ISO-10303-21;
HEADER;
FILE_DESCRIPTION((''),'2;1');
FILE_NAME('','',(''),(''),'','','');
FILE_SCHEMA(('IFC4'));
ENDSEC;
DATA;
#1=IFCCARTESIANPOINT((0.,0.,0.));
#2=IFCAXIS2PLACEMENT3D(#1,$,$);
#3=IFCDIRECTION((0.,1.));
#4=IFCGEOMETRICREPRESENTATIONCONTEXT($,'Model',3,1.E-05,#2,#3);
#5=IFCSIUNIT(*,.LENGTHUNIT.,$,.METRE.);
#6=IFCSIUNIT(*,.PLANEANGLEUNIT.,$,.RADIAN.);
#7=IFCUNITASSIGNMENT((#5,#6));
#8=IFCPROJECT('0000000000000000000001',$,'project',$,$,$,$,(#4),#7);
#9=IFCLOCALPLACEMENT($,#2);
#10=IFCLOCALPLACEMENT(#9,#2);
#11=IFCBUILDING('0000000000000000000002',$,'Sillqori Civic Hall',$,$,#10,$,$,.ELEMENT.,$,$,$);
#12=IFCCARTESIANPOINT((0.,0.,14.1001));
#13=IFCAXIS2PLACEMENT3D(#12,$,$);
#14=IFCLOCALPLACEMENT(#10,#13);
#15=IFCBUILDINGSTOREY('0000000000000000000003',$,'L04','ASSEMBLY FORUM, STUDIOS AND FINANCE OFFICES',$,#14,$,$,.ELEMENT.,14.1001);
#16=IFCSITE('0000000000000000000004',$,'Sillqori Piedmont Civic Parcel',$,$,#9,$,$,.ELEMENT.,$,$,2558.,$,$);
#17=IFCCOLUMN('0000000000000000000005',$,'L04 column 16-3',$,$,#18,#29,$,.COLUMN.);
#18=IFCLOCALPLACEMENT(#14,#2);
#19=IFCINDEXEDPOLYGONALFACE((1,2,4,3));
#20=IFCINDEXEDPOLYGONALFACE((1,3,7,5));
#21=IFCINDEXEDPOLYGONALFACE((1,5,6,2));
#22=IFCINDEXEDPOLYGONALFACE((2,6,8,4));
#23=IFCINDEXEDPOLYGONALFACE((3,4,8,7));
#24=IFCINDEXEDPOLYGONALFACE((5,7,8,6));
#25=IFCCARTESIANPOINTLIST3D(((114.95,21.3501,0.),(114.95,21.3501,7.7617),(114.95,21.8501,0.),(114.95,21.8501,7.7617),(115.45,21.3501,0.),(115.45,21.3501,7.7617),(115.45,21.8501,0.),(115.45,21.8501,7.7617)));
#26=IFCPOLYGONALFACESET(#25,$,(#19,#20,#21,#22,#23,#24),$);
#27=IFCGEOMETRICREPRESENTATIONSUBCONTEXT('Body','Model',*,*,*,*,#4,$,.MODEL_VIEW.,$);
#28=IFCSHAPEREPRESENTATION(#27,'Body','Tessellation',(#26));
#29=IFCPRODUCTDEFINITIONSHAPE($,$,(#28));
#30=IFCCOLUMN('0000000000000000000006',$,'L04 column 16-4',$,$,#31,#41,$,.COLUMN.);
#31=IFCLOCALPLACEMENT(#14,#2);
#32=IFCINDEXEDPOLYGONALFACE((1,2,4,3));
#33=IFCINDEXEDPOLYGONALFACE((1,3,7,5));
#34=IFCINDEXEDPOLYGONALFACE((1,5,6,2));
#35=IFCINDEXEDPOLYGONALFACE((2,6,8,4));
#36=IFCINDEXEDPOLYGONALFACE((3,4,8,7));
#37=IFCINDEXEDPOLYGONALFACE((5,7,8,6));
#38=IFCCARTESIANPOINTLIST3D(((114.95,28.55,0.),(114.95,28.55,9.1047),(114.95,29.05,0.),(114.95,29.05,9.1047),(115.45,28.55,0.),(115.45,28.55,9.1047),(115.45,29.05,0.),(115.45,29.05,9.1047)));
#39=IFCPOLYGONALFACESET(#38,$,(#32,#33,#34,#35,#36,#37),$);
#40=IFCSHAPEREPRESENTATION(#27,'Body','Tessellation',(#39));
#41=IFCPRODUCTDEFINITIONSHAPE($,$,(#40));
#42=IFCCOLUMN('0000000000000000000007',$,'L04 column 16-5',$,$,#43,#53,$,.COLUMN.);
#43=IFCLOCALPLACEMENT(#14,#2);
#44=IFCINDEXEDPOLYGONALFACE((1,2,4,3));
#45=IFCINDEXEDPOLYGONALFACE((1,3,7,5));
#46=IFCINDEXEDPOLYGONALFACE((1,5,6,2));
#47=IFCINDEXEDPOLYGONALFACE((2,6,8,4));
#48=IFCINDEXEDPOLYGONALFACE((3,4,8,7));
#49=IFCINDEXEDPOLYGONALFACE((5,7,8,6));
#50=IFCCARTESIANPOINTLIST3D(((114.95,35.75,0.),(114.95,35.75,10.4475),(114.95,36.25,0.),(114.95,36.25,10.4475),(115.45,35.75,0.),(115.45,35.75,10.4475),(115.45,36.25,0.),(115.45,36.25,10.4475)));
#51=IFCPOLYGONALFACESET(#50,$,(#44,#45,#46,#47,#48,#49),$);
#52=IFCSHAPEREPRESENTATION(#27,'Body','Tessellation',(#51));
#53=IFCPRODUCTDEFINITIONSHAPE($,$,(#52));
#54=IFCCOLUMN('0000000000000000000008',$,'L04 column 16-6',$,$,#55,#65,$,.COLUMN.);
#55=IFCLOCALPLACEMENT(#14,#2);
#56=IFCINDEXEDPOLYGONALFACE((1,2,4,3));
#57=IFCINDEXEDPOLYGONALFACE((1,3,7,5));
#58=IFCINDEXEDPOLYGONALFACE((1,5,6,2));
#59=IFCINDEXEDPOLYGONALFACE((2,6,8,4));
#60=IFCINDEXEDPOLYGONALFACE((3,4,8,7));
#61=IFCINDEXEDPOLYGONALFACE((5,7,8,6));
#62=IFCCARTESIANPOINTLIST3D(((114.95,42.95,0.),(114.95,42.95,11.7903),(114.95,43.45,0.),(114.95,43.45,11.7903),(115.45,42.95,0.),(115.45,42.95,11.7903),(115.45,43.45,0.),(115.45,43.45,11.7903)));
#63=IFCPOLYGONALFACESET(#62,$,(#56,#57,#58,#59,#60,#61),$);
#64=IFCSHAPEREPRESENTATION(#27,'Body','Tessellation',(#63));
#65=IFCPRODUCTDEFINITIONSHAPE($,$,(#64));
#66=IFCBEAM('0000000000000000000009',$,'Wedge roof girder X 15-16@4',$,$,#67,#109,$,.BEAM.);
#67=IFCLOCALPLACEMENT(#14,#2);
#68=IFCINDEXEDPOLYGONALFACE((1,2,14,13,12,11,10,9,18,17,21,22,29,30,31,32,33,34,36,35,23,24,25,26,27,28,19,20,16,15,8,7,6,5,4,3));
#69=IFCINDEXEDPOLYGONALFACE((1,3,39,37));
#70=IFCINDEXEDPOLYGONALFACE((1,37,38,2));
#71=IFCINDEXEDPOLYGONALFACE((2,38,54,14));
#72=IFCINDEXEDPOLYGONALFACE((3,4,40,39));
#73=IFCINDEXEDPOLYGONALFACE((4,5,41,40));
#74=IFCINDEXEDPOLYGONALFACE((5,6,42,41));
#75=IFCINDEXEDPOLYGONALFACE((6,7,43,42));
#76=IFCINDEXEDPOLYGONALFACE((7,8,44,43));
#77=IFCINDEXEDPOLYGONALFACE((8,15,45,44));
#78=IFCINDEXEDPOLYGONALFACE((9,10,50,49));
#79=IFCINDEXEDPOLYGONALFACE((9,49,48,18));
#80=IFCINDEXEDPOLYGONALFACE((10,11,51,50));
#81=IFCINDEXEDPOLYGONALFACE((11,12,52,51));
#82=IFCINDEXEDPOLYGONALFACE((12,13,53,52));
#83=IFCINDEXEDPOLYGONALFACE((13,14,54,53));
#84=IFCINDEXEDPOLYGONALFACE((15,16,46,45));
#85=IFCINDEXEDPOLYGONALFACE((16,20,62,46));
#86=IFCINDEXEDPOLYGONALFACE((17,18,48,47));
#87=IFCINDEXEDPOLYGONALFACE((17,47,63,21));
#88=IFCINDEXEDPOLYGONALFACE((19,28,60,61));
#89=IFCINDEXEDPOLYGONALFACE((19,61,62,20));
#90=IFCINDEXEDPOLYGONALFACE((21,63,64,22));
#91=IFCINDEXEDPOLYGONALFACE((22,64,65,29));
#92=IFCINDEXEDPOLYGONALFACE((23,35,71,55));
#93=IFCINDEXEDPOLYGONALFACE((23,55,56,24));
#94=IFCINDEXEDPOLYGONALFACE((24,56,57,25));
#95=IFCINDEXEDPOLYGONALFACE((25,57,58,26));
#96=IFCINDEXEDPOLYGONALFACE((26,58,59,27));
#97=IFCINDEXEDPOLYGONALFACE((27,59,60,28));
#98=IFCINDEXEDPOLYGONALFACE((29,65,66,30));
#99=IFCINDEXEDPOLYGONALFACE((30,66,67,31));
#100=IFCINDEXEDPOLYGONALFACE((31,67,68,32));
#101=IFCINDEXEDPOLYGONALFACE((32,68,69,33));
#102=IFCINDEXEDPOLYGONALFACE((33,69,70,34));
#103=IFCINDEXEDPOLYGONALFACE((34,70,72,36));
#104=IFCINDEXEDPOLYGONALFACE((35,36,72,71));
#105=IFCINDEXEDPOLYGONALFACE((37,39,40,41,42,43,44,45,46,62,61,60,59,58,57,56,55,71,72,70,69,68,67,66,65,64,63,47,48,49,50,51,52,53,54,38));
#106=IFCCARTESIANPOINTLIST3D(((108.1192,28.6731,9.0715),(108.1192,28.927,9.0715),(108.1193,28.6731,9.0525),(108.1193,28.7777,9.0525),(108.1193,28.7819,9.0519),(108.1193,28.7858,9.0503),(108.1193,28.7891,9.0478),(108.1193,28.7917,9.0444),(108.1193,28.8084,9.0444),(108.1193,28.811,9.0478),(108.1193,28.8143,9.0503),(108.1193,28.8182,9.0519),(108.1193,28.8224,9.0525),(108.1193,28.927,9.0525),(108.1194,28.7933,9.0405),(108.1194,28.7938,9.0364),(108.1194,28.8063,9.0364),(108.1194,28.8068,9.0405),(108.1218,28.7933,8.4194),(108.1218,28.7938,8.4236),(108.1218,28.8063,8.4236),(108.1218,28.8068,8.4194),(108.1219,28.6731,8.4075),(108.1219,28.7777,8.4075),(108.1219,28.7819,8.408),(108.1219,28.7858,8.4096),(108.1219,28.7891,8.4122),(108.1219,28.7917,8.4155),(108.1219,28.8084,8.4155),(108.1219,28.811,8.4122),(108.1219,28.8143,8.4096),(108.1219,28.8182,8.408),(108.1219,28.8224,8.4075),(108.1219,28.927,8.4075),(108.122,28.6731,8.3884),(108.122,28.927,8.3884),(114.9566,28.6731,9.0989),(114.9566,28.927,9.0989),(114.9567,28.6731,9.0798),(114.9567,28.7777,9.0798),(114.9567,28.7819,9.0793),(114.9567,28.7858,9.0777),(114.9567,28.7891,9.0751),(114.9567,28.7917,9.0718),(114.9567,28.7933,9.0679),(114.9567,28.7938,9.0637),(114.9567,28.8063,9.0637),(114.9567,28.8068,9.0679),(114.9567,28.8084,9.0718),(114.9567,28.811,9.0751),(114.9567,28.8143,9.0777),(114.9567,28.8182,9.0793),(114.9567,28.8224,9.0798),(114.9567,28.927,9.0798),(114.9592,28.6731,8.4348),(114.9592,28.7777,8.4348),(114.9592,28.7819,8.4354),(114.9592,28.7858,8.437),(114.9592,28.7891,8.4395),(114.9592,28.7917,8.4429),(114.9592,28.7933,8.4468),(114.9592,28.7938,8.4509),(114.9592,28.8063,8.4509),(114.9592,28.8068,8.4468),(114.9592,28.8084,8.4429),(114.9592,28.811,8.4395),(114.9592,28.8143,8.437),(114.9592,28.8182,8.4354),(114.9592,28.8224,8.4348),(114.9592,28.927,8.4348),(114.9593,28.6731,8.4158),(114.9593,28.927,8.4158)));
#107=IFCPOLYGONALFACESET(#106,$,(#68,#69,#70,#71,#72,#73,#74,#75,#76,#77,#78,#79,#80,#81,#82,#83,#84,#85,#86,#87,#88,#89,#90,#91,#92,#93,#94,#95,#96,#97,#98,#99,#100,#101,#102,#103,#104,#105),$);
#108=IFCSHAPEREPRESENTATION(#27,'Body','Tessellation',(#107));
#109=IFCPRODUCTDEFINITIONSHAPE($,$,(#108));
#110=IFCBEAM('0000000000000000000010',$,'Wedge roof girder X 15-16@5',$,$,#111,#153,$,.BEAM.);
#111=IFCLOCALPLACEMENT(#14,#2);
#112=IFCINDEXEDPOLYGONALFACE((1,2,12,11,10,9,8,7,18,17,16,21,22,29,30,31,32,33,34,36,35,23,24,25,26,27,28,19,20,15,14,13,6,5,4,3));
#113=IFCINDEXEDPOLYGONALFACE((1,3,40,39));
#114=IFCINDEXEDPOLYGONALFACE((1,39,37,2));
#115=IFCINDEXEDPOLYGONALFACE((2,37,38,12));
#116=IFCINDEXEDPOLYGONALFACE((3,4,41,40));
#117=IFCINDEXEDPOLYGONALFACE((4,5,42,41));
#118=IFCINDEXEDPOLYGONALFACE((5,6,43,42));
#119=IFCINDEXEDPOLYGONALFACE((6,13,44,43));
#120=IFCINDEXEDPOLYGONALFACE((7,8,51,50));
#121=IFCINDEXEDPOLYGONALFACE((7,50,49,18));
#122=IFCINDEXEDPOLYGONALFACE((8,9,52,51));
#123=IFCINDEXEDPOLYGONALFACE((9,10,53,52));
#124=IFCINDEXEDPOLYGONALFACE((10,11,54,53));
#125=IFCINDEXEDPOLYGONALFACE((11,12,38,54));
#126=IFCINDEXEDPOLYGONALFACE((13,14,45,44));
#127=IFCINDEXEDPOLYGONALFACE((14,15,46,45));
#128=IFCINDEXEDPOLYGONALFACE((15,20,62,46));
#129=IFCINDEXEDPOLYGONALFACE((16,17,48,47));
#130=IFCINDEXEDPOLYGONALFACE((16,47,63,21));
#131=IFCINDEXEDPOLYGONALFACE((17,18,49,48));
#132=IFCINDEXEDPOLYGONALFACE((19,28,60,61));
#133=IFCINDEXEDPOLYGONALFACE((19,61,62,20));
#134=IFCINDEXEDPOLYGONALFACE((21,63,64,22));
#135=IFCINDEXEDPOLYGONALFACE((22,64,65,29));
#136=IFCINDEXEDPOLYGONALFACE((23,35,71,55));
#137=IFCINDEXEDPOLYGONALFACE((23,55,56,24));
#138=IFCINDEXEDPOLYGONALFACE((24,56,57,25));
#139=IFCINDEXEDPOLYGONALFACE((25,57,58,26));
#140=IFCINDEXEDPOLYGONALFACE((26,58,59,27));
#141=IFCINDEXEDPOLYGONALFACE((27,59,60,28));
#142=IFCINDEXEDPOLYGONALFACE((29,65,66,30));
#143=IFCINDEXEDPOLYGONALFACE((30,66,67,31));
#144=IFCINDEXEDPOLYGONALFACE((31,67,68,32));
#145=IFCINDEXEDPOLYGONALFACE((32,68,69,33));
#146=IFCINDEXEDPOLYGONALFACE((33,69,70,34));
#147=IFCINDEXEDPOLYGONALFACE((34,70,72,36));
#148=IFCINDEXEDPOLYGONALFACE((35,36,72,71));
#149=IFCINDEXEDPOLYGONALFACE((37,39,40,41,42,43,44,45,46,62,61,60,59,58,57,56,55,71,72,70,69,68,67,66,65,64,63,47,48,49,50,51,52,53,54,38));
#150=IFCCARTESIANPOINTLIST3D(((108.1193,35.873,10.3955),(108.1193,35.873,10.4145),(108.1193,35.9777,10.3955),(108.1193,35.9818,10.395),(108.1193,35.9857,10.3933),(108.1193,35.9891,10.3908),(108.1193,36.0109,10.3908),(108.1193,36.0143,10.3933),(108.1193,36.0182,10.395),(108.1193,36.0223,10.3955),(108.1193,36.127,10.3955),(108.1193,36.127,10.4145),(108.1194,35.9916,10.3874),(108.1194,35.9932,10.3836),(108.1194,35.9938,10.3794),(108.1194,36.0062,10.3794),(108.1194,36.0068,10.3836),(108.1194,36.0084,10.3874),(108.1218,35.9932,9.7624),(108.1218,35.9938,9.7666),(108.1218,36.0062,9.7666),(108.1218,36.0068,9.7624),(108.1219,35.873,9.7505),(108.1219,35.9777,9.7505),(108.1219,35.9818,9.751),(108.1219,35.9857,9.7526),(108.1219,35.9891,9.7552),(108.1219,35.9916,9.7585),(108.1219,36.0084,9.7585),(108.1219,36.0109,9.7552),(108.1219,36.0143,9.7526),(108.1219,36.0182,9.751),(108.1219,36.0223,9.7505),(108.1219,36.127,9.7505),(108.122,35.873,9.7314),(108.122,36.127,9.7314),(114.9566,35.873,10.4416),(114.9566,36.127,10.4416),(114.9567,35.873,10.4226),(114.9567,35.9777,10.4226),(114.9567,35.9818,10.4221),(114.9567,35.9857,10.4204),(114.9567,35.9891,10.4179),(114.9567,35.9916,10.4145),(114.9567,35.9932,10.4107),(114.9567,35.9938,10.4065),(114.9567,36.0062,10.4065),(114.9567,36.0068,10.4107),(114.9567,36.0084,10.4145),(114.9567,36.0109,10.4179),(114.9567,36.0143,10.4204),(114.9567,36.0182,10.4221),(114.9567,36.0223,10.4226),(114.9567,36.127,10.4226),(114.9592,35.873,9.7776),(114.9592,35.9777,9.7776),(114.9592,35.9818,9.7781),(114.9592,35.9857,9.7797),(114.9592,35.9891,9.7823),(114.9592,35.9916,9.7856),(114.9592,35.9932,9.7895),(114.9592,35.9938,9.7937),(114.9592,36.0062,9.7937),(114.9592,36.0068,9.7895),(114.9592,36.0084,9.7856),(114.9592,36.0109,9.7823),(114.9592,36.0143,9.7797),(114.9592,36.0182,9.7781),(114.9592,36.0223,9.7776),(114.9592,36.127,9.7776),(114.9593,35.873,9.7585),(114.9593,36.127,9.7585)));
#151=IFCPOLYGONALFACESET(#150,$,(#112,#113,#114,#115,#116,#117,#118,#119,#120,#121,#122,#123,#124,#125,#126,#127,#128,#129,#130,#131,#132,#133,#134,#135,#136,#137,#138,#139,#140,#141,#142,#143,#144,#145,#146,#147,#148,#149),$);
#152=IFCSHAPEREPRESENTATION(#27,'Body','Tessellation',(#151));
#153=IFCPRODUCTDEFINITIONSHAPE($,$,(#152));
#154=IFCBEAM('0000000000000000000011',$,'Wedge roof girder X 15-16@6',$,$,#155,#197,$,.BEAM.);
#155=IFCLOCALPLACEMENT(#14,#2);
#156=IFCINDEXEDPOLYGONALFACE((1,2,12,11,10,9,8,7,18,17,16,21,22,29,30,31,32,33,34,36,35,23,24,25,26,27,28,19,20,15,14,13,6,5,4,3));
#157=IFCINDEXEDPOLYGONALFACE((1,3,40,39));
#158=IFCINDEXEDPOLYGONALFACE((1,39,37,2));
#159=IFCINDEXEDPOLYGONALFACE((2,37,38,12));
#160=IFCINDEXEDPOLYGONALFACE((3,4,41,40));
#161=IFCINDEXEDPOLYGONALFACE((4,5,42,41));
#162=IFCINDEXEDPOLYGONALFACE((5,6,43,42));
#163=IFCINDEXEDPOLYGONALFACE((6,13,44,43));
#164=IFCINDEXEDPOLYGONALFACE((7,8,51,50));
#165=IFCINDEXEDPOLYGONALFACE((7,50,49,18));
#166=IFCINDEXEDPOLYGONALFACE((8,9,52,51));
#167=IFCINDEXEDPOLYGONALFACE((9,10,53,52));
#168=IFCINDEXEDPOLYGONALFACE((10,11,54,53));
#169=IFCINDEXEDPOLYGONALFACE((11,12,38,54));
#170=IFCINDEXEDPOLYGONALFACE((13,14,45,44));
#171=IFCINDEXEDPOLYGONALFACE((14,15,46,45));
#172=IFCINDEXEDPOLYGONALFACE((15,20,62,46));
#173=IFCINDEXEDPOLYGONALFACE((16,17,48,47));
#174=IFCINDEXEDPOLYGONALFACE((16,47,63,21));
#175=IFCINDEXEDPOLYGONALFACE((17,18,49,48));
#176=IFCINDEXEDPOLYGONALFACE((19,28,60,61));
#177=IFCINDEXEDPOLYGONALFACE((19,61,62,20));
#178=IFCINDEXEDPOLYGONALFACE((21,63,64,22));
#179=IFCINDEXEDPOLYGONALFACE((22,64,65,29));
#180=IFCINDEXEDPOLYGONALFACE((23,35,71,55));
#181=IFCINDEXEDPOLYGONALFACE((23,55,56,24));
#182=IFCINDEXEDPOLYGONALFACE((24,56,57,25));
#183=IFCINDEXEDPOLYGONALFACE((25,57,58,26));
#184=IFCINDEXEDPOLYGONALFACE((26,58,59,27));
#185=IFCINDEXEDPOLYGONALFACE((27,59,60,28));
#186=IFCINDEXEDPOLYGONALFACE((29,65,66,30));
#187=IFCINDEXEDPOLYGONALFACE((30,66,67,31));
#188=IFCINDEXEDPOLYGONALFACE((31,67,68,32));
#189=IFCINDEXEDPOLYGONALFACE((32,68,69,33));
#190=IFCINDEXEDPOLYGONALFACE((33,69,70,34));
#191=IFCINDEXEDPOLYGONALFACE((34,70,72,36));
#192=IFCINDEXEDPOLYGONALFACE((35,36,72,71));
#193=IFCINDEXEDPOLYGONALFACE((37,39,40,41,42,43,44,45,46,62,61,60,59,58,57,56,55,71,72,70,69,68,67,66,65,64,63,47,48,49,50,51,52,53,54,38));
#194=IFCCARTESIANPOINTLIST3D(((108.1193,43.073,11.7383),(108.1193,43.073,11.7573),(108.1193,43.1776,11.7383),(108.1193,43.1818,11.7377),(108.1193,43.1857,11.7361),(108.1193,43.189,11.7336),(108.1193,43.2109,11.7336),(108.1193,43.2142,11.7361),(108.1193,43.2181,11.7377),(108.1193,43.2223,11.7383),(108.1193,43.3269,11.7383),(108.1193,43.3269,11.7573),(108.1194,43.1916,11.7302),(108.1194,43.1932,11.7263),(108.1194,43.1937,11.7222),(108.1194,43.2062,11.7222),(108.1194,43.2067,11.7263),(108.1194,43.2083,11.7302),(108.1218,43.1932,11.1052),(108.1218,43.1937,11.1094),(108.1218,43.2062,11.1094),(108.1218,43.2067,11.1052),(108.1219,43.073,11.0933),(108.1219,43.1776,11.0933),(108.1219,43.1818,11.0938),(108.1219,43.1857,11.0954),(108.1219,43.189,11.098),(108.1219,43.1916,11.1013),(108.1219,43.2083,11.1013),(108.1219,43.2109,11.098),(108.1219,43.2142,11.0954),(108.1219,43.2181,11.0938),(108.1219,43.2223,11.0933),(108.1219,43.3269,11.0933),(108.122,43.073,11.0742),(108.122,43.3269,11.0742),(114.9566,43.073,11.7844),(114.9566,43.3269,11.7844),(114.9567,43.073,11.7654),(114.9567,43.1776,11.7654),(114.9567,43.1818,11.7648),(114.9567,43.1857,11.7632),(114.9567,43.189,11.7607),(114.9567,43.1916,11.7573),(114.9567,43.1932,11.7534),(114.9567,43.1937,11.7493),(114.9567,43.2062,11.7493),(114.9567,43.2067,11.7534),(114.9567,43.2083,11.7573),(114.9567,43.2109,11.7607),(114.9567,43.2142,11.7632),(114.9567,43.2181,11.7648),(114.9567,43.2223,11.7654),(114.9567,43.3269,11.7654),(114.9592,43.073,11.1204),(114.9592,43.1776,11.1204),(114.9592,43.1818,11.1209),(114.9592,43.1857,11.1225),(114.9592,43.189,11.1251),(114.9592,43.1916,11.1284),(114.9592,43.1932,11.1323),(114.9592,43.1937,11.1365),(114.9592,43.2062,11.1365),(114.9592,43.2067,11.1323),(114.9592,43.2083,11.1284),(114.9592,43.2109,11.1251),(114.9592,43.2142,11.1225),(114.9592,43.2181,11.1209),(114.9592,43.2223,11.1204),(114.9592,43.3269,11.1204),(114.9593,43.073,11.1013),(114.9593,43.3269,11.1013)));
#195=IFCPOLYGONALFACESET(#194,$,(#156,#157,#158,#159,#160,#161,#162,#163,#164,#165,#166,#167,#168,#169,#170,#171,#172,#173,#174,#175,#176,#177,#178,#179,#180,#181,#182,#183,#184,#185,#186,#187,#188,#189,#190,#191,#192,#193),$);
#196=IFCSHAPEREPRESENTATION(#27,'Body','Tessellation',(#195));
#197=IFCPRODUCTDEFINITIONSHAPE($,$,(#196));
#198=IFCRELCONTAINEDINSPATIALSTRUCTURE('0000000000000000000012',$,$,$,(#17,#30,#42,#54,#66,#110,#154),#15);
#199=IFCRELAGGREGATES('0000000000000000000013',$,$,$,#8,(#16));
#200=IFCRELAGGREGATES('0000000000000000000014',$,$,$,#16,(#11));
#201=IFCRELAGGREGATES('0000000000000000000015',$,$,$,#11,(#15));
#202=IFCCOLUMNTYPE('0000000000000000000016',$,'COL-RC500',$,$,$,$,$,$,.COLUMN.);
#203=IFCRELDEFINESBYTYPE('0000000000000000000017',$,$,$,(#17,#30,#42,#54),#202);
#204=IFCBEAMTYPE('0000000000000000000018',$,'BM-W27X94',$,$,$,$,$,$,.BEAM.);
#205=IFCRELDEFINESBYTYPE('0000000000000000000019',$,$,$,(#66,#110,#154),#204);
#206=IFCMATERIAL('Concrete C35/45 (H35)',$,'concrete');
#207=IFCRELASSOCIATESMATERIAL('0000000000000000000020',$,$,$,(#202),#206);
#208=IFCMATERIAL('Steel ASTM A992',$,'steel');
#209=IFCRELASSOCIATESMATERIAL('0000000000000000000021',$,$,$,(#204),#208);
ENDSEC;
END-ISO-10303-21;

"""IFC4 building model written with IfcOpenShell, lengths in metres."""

from ifc_helpers import new_model, si_unit, direction, frame, origin, origin_2d, place, context, subcontext, project, spatial, rectangle, i_section, extrude, material, material_profile, profile_set, type_object, element, save


model = new_model("IFC4")

# Units and contexts
model_context = context("Model", 3, precision=1e-05, world=origin(), true_north=direction((0.0, 1.0)))
body_context = subcontext(model_context, "Body", "Model", "MODEL_VIEW")
ifc_project = project(units=[si_unit("LENGTHUNIT", "METRE"), si_unit("PLANEANGLEUNIT", "RADIAN")], contexts=[model_context])

# Site, building, storey
site_placement = place(None, origin())
site = spatial("IfcSite", under=ifc_project, at=site_placement, Name="Sillqori Piedmont Civic Parcel", CompositionType="ELEMENT", RefElevation=2558.0)
building_placement = place(site_placement, origin())
building = spatial("IfcBuilding", under=site, at=building_placement, Name="Sillqori Civic Hall", CompositionType="ELEMENT")
storey_placement = place(building_placement, frame((0.0, 0.0, 14.1001)))
storey = spatial("IfcBuildingStorey", under=building, at=storey_placement, Name="L04", Description="ASSEMBLY FORUM, STUDIOS AND FINANCE OFFICES", CompositionType="ELEMENT", Elevation=14.1001)

# Columns
ifc_material_1 = material(Name="Concrete C35/45 (H35)", Category="concrete")
ifc_material_profile_1 = material_profile(ifc_material_1, rectangle(XDim=0.5, YDim=0.5, at=origin_2d()), Name="RC 500x500")
ifc_profile_set_1 = profile_set([ifc_material_profile_1], Name="Concrete C35/45 (H35)")
column_type = type_object("IfcColumnType", Name="COL-RC500", PredefinedType="COLUMN", material=ifc_profile_set_1)
column_1_placement = place(storey_placement, frame((115.2, 21.6001, 0.0), z_axis=(0.0, 0.0, 1.0), x_axis=(1.0, 0.0, 0.0)))
element("IfcColumn", 1, at=column_1_placement, inside=storey, type_object=column_type, Name="L04 column 16-3", PredefinedType="COLUMN", context=body_context, shape_type="SweptSolid", body=[
    extrude(rectangle(XDim=0.5, YDim=0.5, at=origin_2d()), origin(), (0.0, 0.0, 1.0), 7.7617),
])
column_2_placement = place(storey_placement, frame((115.2, 28.8, 0.0), z_axis=(0.0, 0.0, 1.0), x_axis=(1.0, 0.0, 0.0)))
element("IfcColumn", 2, at=column_2_placement, inside=storey, type_object=column_type, Name="L04 column 16-4", PredefinedType="COLUMN", context=body_context, shape_type="SweptSolid", body=[
    extrude(rectangle(XDim=0.5, YDim=0.5, at=origin_2d()), origin(), (0.0, 0.0, 1.0), 9.1047),
])
column_3_placement = place(storey_placement, frame((115.2, 36.0, 0.0), z_axis=(0.0, 0.0, 1.0), x_axis=(1.0, 0.0, 0.0)))
element("IfcColumn", 3, at=column_3_placement, inside=storey, type_object=column_type, Name="L04 column 16-5", PredefinedType="COLUMN", context=body_context, shape_type="SweptSolid", body=[
    extrude(rectangle(XDim=0.5, YDim=0.5, at=origin_2d()), origin(), (0.0, 0.0, 1.0), 10.4475),
])
column_4_placement = place(storey_placement, frame((115.2, 43.2, 0.0), z_axis=(0.0, 0.0, 1.0), x_axis=(1.0, 0.0, 0.0)))
element("IfcColumn", 4, at=column_4_placement, inside=storey, type_object=column_type, Name="L04 column 16-6", PredefinedType="COLUMN", context=body_context, shape_type="SweptSolid", body=[
    extrude(rectangle(XDim=0.5, YDim=0.5, at=origin_2d()), origin(), (0.0, 0.0, 1.0), 11.7903),
])

# Beams
ifc_material_2 = material(Name="Steel ASTM A992", Category="steel")
ifc_material_profile_2 = material_profile(ifc_material_2, i_section(OverallWidth=0.2539, OverallDepth=0.6831, WebThickness=0.0125, FlangeThickness=0.019, FilletRadius=0.0161, at=origin_2d()), Name="W27X94")
ifc_profile_set_2 = profile_set([ifc_material_profile_2], Name="Steel ASTM A992")
beam_type = type_object("IfcBeamType", Name="BM-W27X94", PredefinedType="BEAM", material=ifc_profile_set_2)
for number, where, z_axis, x_axis, name in (
    (5, (108.1206, 28.8, 8.73), (0.999992, 0.0, 0.003999), (0.0, 1.0, 0.0), "Wedge roof girder X 15-16@4"),
    (6, (108.1206, 36.0, 10.073), (0.999992, 0.0, 0.003963), (0.0, 1.0, 0.0), "Wedge roof girder X 15-16@5"),
    (7, (108.1206, 43.2, 11.4158), (0.999992, 0.0, 0.003963), (0.0, 1.0, 0.0), "Wedge roof girder X 15-16@6"),
):
    element("IfcBeam", number, at=place(storey_placement, frame(where, z_axis=z_axis, x_axis=x_axis)), inside=storey, type_object=beam_type, Name=name, PredefinedType="BEAM", context=body_context, shape_type="SweptSolid", body=[
        extrude(i_section(OverallWidth=0.2539, OverallDepth=0.6831, WebThickness=0.0125, FlangeThickness=0.019, FilletRadius=0.0161, at=origin_2d()), origin(), (0.0, 0.0, 1.0), 6.8374),
    ])

save(model, "model.ifc")
